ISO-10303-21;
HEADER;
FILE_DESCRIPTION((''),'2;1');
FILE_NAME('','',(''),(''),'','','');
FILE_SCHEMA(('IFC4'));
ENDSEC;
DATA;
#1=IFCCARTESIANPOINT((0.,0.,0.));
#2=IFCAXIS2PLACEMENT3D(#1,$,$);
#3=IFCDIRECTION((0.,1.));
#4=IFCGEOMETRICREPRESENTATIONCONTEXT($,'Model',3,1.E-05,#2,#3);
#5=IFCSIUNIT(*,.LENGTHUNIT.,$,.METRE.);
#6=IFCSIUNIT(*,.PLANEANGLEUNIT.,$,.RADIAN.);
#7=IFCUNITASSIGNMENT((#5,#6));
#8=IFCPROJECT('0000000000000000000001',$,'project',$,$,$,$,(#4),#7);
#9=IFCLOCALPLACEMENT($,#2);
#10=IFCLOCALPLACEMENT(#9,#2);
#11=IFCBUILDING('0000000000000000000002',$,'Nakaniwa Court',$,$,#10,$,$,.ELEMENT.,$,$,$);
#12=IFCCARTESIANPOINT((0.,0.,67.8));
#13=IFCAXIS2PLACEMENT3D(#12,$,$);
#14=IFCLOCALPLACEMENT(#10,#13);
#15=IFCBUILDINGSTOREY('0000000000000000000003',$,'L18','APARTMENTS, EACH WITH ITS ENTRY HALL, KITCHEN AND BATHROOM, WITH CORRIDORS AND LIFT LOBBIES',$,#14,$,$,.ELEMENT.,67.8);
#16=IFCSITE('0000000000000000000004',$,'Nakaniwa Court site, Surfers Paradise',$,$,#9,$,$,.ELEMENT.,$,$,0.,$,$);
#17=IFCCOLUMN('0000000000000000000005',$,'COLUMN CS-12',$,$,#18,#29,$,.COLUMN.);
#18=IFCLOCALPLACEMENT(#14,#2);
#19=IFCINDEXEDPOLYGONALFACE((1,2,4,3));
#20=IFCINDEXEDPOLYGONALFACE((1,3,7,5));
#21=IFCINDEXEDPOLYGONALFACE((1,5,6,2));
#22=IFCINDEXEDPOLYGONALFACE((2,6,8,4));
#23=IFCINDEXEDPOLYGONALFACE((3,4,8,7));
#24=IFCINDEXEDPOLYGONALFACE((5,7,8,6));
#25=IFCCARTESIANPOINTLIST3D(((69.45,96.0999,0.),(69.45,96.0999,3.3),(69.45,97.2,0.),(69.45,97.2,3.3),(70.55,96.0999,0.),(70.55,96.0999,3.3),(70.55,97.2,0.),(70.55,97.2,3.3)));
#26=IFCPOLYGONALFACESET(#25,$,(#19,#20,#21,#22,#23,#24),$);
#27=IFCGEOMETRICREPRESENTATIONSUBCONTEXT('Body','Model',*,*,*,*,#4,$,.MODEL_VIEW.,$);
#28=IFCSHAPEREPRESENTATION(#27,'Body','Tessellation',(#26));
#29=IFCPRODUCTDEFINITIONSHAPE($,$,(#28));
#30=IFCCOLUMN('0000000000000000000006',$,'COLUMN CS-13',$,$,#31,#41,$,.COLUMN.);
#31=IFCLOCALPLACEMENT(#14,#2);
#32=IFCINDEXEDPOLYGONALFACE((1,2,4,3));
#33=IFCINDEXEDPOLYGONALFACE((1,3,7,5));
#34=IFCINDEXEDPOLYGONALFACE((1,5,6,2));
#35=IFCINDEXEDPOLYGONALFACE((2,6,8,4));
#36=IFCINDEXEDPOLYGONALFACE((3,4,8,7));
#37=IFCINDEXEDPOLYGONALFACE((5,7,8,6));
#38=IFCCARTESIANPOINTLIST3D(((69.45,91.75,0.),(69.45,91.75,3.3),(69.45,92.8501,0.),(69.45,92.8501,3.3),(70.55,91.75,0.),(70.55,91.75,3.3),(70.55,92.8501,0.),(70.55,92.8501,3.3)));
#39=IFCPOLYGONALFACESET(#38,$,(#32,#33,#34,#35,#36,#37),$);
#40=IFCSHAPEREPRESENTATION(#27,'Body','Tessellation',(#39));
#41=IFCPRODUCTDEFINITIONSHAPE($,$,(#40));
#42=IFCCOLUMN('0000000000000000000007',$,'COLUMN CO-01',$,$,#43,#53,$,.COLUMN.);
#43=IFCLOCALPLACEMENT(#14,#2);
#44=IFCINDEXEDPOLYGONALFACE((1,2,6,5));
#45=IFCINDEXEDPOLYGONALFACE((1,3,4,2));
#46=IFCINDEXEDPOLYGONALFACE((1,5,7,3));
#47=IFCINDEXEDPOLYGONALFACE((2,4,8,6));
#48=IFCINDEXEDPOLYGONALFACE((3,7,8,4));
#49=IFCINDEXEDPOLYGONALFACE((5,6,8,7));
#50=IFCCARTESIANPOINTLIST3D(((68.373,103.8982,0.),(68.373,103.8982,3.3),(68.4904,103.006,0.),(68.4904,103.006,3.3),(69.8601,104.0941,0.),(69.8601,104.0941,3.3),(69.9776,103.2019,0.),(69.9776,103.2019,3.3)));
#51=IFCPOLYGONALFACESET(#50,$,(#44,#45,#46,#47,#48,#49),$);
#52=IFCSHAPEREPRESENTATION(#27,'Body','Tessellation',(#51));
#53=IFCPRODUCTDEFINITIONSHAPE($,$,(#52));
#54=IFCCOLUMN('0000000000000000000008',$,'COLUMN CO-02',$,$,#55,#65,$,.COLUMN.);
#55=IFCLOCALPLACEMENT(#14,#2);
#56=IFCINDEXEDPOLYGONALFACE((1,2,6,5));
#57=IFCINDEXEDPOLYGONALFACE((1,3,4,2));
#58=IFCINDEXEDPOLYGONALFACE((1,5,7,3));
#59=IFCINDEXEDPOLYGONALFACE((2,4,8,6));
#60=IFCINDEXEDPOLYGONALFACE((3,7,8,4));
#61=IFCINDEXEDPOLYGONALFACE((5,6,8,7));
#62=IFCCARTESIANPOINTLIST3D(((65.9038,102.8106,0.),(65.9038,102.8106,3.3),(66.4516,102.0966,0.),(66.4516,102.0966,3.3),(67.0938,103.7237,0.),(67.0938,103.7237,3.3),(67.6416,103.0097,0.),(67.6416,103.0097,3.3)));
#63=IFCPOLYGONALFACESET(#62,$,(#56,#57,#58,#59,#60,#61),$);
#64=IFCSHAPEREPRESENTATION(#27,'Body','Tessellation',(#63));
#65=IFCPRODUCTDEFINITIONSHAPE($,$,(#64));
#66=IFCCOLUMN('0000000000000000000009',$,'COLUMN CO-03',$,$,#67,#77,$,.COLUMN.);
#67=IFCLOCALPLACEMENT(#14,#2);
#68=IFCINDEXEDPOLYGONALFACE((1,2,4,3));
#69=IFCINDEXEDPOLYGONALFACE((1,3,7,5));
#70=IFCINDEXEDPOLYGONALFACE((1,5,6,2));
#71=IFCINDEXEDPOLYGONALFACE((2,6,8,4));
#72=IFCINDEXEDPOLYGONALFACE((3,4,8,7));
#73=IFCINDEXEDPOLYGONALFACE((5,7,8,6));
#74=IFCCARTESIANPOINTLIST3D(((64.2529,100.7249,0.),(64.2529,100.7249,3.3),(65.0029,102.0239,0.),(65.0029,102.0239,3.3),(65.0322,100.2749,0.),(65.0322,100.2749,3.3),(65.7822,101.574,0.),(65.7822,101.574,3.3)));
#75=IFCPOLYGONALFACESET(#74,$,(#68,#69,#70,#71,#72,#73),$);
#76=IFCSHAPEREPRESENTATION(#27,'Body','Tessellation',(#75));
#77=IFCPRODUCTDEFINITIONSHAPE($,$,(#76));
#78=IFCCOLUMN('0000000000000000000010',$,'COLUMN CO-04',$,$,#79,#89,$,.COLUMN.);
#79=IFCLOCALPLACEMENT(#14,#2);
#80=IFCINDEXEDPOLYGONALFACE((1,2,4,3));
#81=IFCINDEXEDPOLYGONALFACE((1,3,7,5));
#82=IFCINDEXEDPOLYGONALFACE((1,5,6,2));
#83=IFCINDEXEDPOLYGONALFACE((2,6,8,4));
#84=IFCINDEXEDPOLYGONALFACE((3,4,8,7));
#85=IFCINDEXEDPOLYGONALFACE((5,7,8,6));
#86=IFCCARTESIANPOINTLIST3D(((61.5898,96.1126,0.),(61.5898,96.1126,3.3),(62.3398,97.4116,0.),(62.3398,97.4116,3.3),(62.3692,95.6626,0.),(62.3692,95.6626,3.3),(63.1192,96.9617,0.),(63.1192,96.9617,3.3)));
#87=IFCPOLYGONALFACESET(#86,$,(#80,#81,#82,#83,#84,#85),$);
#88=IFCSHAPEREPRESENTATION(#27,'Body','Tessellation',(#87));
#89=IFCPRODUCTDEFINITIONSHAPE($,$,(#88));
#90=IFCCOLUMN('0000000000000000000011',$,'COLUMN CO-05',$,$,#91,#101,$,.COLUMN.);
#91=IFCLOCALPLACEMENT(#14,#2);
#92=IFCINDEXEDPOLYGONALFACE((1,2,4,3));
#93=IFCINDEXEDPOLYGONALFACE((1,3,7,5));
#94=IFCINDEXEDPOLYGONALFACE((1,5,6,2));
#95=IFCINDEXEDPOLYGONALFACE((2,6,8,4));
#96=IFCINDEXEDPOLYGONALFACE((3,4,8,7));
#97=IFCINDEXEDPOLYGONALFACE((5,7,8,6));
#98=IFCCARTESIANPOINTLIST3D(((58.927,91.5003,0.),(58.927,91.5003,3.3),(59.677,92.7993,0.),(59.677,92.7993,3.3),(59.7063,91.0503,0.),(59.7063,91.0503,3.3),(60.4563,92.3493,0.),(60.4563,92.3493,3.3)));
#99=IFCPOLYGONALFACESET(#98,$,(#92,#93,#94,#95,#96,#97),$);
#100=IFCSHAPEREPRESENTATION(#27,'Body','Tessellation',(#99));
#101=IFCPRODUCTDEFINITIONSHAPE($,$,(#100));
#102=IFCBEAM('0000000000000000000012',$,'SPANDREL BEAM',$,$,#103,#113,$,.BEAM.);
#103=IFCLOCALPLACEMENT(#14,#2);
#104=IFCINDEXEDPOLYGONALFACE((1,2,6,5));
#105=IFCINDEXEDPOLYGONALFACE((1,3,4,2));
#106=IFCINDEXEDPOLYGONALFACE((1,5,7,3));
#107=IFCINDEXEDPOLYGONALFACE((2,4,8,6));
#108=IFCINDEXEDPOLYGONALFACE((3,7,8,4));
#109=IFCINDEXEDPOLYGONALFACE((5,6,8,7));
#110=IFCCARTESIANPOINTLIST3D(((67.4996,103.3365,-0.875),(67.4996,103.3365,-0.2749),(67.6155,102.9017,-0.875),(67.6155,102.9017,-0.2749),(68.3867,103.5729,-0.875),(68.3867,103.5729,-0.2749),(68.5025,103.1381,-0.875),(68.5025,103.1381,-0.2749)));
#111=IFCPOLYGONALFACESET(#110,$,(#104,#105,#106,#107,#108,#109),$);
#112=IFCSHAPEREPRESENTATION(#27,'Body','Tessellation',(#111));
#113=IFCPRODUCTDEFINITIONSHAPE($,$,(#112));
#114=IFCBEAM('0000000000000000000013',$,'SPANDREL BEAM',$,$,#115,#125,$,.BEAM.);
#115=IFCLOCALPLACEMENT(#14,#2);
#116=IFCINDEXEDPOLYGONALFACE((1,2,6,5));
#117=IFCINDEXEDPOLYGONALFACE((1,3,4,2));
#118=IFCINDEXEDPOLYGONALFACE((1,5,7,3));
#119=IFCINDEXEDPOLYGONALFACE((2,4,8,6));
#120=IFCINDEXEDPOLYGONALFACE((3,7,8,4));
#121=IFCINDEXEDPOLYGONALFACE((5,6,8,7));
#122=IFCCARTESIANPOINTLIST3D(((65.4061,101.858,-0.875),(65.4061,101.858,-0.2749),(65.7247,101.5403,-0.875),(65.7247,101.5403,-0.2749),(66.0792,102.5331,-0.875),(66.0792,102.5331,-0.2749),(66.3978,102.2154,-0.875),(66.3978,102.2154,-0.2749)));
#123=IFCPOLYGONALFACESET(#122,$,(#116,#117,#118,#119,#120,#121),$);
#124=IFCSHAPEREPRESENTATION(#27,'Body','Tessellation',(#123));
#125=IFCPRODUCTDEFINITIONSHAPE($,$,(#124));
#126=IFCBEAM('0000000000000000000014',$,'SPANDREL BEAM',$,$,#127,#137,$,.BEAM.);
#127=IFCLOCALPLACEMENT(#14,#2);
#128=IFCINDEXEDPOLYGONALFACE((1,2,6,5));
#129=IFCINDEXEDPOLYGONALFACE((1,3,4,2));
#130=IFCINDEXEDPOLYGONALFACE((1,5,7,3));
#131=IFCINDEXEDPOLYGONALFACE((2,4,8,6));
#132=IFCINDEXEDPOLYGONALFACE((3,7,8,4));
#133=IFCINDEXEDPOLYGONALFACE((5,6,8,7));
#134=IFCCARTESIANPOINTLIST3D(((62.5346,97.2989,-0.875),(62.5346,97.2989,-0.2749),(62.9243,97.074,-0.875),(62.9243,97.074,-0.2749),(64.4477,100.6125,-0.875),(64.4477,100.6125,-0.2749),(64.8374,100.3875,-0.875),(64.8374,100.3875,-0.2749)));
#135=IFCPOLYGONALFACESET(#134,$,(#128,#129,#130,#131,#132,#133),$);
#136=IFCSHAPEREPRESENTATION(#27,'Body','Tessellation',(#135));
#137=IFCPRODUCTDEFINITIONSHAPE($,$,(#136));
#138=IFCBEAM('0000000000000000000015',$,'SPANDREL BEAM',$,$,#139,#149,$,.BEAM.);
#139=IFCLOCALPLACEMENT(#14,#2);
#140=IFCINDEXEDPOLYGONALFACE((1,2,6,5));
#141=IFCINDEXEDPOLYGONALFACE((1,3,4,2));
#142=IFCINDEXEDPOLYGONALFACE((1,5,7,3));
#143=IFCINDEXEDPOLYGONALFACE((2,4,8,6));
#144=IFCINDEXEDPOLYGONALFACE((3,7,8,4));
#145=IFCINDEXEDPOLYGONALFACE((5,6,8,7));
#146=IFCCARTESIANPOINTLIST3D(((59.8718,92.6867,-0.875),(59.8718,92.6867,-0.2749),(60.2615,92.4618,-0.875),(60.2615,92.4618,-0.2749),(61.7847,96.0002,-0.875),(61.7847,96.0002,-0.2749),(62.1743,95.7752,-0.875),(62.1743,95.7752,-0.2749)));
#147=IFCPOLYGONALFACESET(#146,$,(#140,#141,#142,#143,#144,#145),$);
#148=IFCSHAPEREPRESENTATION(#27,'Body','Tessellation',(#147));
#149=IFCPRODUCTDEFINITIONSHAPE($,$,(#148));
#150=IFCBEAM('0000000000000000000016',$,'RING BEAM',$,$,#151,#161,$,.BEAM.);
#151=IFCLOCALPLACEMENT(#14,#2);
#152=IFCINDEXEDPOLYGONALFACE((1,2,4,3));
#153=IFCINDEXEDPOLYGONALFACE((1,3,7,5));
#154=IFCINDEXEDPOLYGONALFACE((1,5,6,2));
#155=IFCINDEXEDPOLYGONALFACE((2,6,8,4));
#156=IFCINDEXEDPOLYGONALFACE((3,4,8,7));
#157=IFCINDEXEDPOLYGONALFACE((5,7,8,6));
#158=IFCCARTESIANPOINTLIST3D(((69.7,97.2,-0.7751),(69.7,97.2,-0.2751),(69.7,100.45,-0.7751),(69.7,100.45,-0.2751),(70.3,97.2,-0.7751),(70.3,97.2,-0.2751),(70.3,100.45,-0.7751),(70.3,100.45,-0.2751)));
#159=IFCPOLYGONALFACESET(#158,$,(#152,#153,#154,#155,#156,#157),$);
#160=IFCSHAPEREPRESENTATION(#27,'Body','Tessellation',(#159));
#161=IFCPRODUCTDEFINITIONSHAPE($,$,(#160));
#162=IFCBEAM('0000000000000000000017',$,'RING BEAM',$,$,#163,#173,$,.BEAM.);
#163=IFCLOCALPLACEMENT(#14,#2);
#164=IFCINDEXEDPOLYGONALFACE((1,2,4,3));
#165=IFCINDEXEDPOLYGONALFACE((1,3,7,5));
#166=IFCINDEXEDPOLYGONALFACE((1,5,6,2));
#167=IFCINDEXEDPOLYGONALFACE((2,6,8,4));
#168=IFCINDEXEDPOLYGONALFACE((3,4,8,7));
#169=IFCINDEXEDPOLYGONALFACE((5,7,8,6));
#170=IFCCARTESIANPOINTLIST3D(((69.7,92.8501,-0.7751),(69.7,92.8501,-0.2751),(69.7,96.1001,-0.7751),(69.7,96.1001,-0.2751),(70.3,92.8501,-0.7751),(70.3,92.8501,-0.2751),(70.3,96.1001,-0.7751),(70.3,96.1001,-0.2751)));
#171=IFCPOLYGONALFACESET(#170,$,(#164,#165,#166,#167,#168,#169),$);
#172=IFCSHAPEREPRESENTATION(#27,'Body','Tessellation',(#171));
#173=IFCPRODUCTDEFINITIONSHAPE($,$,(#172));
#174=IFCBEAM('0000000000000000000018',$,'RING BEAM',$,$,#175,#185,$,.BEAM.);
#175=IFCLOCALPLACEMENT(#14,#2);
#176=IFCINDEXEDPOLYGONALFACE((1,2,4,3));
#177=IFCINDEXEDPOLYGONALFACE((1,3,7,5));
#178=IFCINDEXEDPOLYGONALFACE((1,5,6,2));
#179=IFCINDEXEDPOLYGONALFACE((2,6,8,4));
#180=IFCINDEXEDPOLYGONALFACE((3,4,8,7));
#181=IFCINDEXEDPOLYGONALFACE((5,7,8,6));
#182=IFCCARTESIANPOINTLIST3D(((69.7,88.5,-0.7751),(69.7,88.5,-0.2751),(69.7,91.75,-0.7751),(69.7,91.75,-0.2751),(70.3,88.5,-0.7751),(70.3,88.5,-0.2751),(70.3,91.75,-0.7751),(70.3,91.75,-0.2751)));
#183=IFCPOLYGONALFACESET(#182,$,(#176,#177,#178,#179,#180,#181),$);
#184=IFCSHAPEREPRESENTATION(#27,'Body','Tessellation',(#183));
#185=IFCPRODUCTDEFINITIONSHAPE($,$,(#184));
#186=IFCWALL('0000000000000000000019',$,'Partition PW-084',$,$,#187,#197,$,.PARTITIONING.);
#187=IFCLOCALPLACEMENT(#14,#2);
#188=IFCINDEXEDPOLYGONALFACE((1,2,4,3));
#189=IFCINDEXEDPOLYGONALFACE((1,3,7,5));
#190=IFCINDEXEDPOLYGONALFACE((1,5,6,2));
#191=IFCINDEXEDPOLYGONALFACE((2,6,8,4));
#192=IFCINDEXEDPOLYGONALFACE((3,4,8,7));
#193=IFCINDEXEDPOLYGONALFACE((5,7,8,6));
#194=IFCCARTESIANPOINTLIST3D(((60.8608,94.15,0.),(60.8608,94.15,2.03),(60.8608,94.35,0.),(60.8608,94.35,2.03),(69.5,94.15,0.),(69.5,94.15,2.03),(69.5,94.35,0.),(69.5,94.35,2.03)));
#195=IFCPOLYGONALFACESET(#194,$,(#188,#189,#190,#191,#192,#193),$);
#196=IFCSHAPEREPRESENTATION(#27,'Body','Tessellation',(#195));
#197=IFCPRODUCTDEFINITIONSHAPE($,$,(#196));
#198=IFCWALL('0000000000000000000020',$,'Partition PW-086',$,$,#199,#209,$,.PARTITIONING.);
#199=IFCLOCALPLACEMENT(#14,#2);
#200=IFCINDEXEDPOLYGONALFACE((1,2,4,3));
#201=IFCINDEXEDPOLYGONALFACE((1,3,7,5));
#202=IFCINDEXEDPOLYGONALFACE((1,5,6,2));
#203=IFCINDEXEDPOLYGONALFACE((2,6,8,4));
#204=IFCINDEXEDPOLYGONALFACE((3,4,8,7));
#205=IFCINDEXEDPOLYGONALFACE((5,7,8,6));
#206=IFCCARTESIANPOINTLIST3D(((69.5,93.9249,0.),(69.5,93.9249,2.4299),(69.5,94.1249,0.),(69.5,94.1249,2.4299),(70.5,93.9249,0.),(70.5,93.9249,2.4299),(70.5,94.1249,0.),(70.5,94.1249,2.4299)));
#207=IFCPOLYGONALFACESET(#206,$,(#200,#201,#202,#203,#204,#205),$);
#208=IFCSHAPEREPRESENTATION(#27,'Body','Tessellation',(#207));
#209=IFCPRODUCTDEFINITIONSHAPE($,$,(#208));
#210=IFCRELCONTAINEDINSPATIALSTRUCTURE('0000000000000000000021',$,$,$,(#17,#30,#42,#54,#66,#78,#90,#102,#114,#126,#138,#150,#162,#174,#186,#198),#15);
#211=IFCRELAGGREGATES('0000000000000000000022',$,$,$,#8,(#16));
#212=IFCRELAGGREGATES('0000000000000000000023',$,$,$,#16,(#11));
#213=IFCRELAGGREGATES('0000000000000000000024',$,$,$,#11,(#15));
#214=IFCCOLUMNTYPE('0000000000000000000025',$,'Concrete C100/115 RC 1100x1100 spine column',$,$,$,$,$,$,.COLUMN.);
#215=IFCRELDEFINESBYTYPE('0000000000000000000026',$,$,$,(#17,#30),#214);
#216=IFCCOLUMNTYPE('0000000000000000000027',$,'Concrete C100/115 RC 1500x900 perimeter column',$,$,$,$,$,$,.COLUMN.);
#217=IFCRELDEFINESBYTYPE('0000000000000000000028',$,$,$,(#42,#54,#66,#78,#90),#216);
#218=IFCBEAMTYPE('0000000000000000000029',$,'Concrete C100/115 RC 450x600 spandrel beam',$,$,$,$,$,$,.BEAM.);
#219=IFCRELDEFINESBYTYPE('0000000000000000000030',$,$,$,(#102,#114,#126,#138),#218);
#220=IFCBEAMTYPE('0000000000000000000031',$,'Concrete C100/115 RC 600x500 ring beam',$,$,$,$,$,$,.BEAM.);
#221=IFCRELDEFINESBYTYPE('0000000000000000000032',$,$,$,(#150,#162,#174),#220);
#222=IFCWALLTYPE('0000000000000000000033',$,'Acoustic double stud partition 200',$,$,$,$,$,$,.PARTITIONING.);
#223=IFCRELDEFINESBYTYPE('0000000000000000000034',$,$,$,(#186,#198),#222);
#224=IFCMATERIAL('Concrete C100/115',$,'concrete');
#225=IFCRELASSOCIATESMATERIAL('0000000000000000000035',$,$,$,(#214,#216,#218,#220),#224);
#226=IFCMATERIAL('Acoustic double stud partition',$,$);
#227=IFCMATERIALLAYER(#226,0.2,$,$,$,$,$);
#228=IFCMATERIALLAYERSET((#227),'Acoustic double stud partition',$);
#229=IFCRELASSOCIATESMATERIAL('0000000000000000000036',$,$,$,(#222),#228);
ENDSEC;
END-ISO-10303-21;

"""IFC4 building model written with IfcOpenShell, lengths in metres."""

from ifc_helpers import new_model, si_unit, direction, frame, frame_2d, origin, origin_2d, place, context, subcontext, project, spatial, rectangle, extrude, material, layer, layer_set, material_profile, profile_set, type_object, element, save


model = new_model("IFC4")

# Units and contexts
model_context = context("Model", 3, precision=1e-05, world=origin(), true_north=direction((0.0, 1.0)))
body_context = subcontext(model_context, "Body", "Model", "MODEL_VIEW")
ifc_project = project(units=[si_unit("LENGTHUNIT", "METRE"), si_unit("PLANEANGLEUNIT", "RADIAN")], contexts=[model_context])

# Site, building, storey
site_placement = place(None, origin())
site = spatial("IfcSite", under=ifc_project, at=site_placement, Name="Nakaniwa Court site, Surfers Paradise", CompositionType="ELEMENT", RefElevation=0.0)
building_placement = place(site_placement, origin())
building = spatial("IfcBuilding", under=site, at=building_placement, Name="Nakaniwa Court", CompositionType="ELEMENT")
storey_placement = place(building_placement, frame((0.0, 0.0, 67.8)))
storey = spatial("IfcBuildingStorey", under=building, at=storey_placement, Name="L18", Description="APARTMENTS, EACH WITH ITS ENTRY HALL, KITCHEN AND BATHROOM, WITH CORRIDORS AND LIFT LOBBIES", CompositionType="ELEMENT", Elevation=67.8)

# Columns
ifc_material_1 = material(Name="Concrete C100/115", Category="concrete")
ifc_material_profile_1 = material_profile(ifc_material_1, rectangle(XDim=1.1001, YDim=1.1001, at=origin_2d()), Name="Concrete C100/115 RC 1100x1100 spine column")
ifc_profile_set_1 = profile_set([ifc_material_profile_1], Name="Concrete C100/115")
column_type_1 = type_object("IfcColumnType", Name="Concrete C100/115 RC 1100x1100 spine column", PredefinedType="COLUMN", material=ifc_profile_set_1)
for number, where, z_axis, x_axis, name in (
    (1, (70.0, 96.6499, 0.0), (0.0, 0.0, 1.0), (0.0, -1.0, 0.0), "COLUMN CS-12"),
    (2, (70.0, 92.3, 0.0), (0.0, 0.0, 1.0), (0.0, -1.0, 0.0), "COLUMN CS-13"),
):
    element("IfcColumn", number, at=place(storey_placement, frame(where, z_axis=z_axis, x_axis=x_axis)), inside=storey, type_object=column_type_1, Name=name, PredefinedType="COLUMN", context=body_context, shape_type="SweptSolid", body=[
        extrude(rectangle(XDim=1.1001, YDim=1.1001, at=origin_2d()), origin(), (0.0, 0.0, 1.0), 3.3),
    ])
ifc_material_profile_2 = material_profile(ifc_material_1, rectangle(XDim=1.5, YDim=0.8999, at=origin_2d()), Name="Concrete C100/115 RC 1500x900 perimeter column")
ifc_profile_set_2 = profile_set([ifc_material_profile_2], Name="Concrete C100/115")
column_type_2 = type_object("IfcColumnType", Name="Concrete C100/115 RC 1500x900 perimeter column", PredefinedType="COLUMN", material=ifc_profile_set_2)
for number, where, z_axis, x_axis, name in (
    (3, (69.1753, 103.55, 0.0), (0.0, 0.0, 1.0), (-0.991443, -0.130543, 0.0), "COLUMN CO-01"),
    (4, (66.7727, 102.9102, 0.0), (0.0, 0.0, 1.0), (-0.793364, -0.608748, 0.0), "COLUMN CO-02"),
    (5, (65.0176, 101.1494, 0.0), (0.0, 0.0, 1.0), (-0.5, -0.866025, 0.0), "COLUMN CO-03"),
    (6, (62.3545, 96.5371, 0.0), (0.0, 0.0, 1.0), (-0.5, -0.866025, 0.0), "COLUMN CO-04"),
    (7, (59.6917, 91.9248, 0.0), (0.0, 0.0, 1.0), (-0.5, -0.866025, 0.0), "COLUMN CO-05"),
):
    element("IfcColumn", number, at=place(storey_placement, frame(where, z_axis=z_axis, x_axis=x_axis)), inside=storey, type_object=column_type_2, Name=name, PredefinedType="COLUMN", context=body_context, shape_type="SweptSolid", body=[
        extrude(rectangle(XDim=1.5, YDim=0.8999, at=origin_2d()), origin(), (0.0, 0.0, 1.0), 3.3),
    ])

# Beams
ifc_material_profile_3 = material_profile(ifc_material_1, rectangle(XDim=0.45, YDim=0.6001, at=origin_2d()), Name="Concrete C100/115 RC 450x600 spandrel beam")
ifc_profile_set_3 = profile_set([ifc_material_profile_3], Name="Concrete C100/115")
beam_type_1 = type_object("IfcBeamType", Name="Concrete C100/115 RC 450x600 spandrel beam", PredefinedType="BEAM", material=ifc_profile_set_3)
beam_1_placement = place(storey_placement, frame((68.4446, 103.3555, -0.575), z_axis=(-0.966288, -0.257464, 0.0), x_axis=(0.257464, -0.966288, 0.0)))
element("IfcBeam", 8, at=beam_1_placement, inside=storey, type_object=beam_type_1, Name="SPANDREL BEAM", PredefinedType="BEAM", context=body_context, shape_type="SweptSolid", body=[
    extrude(rectangle(XDim=0.45, YDim=0.6001, at=origin_2d()), origin(), (0.0, 0.0, 1.0), 0.918),
])
beam_2_placement = place(storey_placement, frame((66.2385, 102.3743, -0.575), z_axis=(-0.706082, -0.70813, 0.0), x_axis=(0.70813, -0.706082, 0.0)))
element("IfcBeam", 9, at=beam_2_placement, inside=storey, type_object=beam_type_1, Name="SPANDREL BEAM", PredefinedType="BEAM", context=body_context, shape_type="SweptSolid", body=[
    extrude(rectangle(XDim=0.45, YDim=0.6001, at=origin_2d()), origin(), (0.0, 0.0, 1.0), 0.9534),
])
beam_3_placement = place(storey_placement, frame((64.6426, 100.5, -0.575), z_axis=(-0.50001, -0.86602, 0.0), x_axis=(0.86602, -0.50001, 0.0)))
element("IfcBeam", 10, at=beam_3_placement, inside=storey, type_object=beam_type_1, Name="SPANDREL BEAM", PredefinedType="BEAM", context=body_context, shape_type="SweptSolid", body=[
    extrude(rectangle(XDim=0.45, YDim=0.6001, at=origin_2d()), origin(), (0.0, 0.0, 1.0), 3.8262),
])
beam_4_placement = place(storey_placement, frame((61.9795, 95.8877, -0.575), z_axis=(-0.499962, -0.866047, 0.0), x_axis=(0.866047, -0.499962, 0.0)))
element("IfcBeam", 11, at=beam_4_placement, inside=storey, type_object=beam_type_1, Name="SPANDREL BEAM", PredefinedType="BEAM", context=body_context, shape_type="SweptSolid", body=[
    extrude(rectangle(XDim=0.45, YDim=0.6001, at=origin_2d()), origin(), (0.0, 0.0, 1.0), 3.8259),
])
ifc_material_profile_4 = material_profile(ifc_material_1, rectangle(XDim=0.6001, YDim=0.5, at=origin_2d()), Name="Concrete C100/115 RC 600x500 ring beam")
ifc_profile_set_4 = profile_set([ifc_material_profile_4], Name="Concrete C100/115")
beam_type_2 = type_object("IfcBeamType", Name="Concrete C100/115 RC 600x500 ring beam", PredefinedType="BEAM", material=ifc_profile_set_4)
for number, where, z_axis, x_axis, name in (
    (12, (70.0, 100.45, -0.5251), (0.0, -1.0, 0.0), (1.0, 0.0, 0.0), "RING BEAM"),
    (13, (70.0, 96.1001, -0.5251), (0.0, -1.0, 0.0), (1.0, 0.0, 0.0), "RING BEAM"),
    (14, (70.0, 91.75, -0.5251), (0.0, -1.0, 0.0), (1.0, 0.0, 0.0), "RING BEAM"),
):
    element("IfcBeam", number, at=place(storey_placement, frame(where, z_axis=z_axis, x_axis=x_axis)), inside=storey, type_object=beam_type_2, Name=name, PredefinedType="BEAM", context=body_context, shape_type="SweptSolid", body=[
        extrude(rectangle(XDim=0.6001, YDim=0.5, at=origin_2d()), origin(), (0.0, 0.0, 1.0), 3.25),
    ])

# Walls
ifc_material_2 = material(Name="Acoustic double stud partition")
ifc_layer_1 = layer(ifc_material_2, 0.2)
ifc_layer_set_1 = layer_set([ifc_layer_1], Name="Acoustic double stud partition")
wall_type_1 = type_object("IfcWallType", Name="Acoustic double stud partition 200", PredefinedType="PARTITIONING", material=ifc_layer_set_1)
wall_1_placement = place(storey_placement, frame((60.8608, 94.25, 0.0), z_axis=(0.0, 0.0, 1.0), x_axis=(1.0, 0.0, 0.0)))
element("IfcWall", 15, at=wall_1_placement, inside=storey, type_object=wall_type_1, Name="Partition PW-084", PredefinedType="PARTITIONING", context=body_context, shape_type="SweptSolid", body=[
    extrude(rectangle(XDim=8.6392, YDim=0.2, at=frame_2d((4.3196, 0.0))), origin(), (0.0, 0.0, 1.0), 2.03),
])
for number, where, z_axis, x_axis, name in (
    (16, (69.5, 94.0249, 0.0), (0.0, 0.0, 1.0), (1.0, 0.0, 0.0), "Partition PW-086"),
):
    element("IfcWall", number, at=place(storey_placement, frame(where, z_axis=z_axis, x_axis=x_axis)), inside=storey, type_object=wall_type_1, Name=name, PredefinedType="PARTITIONING", context=body_context, shape_type="SweptSolid", body=[
        extrude(rectangle(XDim=1.0, YDim=0.2, at=frame_2d((0.5, 0.0))), origin(), (0.0, 0.0, 1.0), 2.4299),
    ])

save(model, "model.ifc")
